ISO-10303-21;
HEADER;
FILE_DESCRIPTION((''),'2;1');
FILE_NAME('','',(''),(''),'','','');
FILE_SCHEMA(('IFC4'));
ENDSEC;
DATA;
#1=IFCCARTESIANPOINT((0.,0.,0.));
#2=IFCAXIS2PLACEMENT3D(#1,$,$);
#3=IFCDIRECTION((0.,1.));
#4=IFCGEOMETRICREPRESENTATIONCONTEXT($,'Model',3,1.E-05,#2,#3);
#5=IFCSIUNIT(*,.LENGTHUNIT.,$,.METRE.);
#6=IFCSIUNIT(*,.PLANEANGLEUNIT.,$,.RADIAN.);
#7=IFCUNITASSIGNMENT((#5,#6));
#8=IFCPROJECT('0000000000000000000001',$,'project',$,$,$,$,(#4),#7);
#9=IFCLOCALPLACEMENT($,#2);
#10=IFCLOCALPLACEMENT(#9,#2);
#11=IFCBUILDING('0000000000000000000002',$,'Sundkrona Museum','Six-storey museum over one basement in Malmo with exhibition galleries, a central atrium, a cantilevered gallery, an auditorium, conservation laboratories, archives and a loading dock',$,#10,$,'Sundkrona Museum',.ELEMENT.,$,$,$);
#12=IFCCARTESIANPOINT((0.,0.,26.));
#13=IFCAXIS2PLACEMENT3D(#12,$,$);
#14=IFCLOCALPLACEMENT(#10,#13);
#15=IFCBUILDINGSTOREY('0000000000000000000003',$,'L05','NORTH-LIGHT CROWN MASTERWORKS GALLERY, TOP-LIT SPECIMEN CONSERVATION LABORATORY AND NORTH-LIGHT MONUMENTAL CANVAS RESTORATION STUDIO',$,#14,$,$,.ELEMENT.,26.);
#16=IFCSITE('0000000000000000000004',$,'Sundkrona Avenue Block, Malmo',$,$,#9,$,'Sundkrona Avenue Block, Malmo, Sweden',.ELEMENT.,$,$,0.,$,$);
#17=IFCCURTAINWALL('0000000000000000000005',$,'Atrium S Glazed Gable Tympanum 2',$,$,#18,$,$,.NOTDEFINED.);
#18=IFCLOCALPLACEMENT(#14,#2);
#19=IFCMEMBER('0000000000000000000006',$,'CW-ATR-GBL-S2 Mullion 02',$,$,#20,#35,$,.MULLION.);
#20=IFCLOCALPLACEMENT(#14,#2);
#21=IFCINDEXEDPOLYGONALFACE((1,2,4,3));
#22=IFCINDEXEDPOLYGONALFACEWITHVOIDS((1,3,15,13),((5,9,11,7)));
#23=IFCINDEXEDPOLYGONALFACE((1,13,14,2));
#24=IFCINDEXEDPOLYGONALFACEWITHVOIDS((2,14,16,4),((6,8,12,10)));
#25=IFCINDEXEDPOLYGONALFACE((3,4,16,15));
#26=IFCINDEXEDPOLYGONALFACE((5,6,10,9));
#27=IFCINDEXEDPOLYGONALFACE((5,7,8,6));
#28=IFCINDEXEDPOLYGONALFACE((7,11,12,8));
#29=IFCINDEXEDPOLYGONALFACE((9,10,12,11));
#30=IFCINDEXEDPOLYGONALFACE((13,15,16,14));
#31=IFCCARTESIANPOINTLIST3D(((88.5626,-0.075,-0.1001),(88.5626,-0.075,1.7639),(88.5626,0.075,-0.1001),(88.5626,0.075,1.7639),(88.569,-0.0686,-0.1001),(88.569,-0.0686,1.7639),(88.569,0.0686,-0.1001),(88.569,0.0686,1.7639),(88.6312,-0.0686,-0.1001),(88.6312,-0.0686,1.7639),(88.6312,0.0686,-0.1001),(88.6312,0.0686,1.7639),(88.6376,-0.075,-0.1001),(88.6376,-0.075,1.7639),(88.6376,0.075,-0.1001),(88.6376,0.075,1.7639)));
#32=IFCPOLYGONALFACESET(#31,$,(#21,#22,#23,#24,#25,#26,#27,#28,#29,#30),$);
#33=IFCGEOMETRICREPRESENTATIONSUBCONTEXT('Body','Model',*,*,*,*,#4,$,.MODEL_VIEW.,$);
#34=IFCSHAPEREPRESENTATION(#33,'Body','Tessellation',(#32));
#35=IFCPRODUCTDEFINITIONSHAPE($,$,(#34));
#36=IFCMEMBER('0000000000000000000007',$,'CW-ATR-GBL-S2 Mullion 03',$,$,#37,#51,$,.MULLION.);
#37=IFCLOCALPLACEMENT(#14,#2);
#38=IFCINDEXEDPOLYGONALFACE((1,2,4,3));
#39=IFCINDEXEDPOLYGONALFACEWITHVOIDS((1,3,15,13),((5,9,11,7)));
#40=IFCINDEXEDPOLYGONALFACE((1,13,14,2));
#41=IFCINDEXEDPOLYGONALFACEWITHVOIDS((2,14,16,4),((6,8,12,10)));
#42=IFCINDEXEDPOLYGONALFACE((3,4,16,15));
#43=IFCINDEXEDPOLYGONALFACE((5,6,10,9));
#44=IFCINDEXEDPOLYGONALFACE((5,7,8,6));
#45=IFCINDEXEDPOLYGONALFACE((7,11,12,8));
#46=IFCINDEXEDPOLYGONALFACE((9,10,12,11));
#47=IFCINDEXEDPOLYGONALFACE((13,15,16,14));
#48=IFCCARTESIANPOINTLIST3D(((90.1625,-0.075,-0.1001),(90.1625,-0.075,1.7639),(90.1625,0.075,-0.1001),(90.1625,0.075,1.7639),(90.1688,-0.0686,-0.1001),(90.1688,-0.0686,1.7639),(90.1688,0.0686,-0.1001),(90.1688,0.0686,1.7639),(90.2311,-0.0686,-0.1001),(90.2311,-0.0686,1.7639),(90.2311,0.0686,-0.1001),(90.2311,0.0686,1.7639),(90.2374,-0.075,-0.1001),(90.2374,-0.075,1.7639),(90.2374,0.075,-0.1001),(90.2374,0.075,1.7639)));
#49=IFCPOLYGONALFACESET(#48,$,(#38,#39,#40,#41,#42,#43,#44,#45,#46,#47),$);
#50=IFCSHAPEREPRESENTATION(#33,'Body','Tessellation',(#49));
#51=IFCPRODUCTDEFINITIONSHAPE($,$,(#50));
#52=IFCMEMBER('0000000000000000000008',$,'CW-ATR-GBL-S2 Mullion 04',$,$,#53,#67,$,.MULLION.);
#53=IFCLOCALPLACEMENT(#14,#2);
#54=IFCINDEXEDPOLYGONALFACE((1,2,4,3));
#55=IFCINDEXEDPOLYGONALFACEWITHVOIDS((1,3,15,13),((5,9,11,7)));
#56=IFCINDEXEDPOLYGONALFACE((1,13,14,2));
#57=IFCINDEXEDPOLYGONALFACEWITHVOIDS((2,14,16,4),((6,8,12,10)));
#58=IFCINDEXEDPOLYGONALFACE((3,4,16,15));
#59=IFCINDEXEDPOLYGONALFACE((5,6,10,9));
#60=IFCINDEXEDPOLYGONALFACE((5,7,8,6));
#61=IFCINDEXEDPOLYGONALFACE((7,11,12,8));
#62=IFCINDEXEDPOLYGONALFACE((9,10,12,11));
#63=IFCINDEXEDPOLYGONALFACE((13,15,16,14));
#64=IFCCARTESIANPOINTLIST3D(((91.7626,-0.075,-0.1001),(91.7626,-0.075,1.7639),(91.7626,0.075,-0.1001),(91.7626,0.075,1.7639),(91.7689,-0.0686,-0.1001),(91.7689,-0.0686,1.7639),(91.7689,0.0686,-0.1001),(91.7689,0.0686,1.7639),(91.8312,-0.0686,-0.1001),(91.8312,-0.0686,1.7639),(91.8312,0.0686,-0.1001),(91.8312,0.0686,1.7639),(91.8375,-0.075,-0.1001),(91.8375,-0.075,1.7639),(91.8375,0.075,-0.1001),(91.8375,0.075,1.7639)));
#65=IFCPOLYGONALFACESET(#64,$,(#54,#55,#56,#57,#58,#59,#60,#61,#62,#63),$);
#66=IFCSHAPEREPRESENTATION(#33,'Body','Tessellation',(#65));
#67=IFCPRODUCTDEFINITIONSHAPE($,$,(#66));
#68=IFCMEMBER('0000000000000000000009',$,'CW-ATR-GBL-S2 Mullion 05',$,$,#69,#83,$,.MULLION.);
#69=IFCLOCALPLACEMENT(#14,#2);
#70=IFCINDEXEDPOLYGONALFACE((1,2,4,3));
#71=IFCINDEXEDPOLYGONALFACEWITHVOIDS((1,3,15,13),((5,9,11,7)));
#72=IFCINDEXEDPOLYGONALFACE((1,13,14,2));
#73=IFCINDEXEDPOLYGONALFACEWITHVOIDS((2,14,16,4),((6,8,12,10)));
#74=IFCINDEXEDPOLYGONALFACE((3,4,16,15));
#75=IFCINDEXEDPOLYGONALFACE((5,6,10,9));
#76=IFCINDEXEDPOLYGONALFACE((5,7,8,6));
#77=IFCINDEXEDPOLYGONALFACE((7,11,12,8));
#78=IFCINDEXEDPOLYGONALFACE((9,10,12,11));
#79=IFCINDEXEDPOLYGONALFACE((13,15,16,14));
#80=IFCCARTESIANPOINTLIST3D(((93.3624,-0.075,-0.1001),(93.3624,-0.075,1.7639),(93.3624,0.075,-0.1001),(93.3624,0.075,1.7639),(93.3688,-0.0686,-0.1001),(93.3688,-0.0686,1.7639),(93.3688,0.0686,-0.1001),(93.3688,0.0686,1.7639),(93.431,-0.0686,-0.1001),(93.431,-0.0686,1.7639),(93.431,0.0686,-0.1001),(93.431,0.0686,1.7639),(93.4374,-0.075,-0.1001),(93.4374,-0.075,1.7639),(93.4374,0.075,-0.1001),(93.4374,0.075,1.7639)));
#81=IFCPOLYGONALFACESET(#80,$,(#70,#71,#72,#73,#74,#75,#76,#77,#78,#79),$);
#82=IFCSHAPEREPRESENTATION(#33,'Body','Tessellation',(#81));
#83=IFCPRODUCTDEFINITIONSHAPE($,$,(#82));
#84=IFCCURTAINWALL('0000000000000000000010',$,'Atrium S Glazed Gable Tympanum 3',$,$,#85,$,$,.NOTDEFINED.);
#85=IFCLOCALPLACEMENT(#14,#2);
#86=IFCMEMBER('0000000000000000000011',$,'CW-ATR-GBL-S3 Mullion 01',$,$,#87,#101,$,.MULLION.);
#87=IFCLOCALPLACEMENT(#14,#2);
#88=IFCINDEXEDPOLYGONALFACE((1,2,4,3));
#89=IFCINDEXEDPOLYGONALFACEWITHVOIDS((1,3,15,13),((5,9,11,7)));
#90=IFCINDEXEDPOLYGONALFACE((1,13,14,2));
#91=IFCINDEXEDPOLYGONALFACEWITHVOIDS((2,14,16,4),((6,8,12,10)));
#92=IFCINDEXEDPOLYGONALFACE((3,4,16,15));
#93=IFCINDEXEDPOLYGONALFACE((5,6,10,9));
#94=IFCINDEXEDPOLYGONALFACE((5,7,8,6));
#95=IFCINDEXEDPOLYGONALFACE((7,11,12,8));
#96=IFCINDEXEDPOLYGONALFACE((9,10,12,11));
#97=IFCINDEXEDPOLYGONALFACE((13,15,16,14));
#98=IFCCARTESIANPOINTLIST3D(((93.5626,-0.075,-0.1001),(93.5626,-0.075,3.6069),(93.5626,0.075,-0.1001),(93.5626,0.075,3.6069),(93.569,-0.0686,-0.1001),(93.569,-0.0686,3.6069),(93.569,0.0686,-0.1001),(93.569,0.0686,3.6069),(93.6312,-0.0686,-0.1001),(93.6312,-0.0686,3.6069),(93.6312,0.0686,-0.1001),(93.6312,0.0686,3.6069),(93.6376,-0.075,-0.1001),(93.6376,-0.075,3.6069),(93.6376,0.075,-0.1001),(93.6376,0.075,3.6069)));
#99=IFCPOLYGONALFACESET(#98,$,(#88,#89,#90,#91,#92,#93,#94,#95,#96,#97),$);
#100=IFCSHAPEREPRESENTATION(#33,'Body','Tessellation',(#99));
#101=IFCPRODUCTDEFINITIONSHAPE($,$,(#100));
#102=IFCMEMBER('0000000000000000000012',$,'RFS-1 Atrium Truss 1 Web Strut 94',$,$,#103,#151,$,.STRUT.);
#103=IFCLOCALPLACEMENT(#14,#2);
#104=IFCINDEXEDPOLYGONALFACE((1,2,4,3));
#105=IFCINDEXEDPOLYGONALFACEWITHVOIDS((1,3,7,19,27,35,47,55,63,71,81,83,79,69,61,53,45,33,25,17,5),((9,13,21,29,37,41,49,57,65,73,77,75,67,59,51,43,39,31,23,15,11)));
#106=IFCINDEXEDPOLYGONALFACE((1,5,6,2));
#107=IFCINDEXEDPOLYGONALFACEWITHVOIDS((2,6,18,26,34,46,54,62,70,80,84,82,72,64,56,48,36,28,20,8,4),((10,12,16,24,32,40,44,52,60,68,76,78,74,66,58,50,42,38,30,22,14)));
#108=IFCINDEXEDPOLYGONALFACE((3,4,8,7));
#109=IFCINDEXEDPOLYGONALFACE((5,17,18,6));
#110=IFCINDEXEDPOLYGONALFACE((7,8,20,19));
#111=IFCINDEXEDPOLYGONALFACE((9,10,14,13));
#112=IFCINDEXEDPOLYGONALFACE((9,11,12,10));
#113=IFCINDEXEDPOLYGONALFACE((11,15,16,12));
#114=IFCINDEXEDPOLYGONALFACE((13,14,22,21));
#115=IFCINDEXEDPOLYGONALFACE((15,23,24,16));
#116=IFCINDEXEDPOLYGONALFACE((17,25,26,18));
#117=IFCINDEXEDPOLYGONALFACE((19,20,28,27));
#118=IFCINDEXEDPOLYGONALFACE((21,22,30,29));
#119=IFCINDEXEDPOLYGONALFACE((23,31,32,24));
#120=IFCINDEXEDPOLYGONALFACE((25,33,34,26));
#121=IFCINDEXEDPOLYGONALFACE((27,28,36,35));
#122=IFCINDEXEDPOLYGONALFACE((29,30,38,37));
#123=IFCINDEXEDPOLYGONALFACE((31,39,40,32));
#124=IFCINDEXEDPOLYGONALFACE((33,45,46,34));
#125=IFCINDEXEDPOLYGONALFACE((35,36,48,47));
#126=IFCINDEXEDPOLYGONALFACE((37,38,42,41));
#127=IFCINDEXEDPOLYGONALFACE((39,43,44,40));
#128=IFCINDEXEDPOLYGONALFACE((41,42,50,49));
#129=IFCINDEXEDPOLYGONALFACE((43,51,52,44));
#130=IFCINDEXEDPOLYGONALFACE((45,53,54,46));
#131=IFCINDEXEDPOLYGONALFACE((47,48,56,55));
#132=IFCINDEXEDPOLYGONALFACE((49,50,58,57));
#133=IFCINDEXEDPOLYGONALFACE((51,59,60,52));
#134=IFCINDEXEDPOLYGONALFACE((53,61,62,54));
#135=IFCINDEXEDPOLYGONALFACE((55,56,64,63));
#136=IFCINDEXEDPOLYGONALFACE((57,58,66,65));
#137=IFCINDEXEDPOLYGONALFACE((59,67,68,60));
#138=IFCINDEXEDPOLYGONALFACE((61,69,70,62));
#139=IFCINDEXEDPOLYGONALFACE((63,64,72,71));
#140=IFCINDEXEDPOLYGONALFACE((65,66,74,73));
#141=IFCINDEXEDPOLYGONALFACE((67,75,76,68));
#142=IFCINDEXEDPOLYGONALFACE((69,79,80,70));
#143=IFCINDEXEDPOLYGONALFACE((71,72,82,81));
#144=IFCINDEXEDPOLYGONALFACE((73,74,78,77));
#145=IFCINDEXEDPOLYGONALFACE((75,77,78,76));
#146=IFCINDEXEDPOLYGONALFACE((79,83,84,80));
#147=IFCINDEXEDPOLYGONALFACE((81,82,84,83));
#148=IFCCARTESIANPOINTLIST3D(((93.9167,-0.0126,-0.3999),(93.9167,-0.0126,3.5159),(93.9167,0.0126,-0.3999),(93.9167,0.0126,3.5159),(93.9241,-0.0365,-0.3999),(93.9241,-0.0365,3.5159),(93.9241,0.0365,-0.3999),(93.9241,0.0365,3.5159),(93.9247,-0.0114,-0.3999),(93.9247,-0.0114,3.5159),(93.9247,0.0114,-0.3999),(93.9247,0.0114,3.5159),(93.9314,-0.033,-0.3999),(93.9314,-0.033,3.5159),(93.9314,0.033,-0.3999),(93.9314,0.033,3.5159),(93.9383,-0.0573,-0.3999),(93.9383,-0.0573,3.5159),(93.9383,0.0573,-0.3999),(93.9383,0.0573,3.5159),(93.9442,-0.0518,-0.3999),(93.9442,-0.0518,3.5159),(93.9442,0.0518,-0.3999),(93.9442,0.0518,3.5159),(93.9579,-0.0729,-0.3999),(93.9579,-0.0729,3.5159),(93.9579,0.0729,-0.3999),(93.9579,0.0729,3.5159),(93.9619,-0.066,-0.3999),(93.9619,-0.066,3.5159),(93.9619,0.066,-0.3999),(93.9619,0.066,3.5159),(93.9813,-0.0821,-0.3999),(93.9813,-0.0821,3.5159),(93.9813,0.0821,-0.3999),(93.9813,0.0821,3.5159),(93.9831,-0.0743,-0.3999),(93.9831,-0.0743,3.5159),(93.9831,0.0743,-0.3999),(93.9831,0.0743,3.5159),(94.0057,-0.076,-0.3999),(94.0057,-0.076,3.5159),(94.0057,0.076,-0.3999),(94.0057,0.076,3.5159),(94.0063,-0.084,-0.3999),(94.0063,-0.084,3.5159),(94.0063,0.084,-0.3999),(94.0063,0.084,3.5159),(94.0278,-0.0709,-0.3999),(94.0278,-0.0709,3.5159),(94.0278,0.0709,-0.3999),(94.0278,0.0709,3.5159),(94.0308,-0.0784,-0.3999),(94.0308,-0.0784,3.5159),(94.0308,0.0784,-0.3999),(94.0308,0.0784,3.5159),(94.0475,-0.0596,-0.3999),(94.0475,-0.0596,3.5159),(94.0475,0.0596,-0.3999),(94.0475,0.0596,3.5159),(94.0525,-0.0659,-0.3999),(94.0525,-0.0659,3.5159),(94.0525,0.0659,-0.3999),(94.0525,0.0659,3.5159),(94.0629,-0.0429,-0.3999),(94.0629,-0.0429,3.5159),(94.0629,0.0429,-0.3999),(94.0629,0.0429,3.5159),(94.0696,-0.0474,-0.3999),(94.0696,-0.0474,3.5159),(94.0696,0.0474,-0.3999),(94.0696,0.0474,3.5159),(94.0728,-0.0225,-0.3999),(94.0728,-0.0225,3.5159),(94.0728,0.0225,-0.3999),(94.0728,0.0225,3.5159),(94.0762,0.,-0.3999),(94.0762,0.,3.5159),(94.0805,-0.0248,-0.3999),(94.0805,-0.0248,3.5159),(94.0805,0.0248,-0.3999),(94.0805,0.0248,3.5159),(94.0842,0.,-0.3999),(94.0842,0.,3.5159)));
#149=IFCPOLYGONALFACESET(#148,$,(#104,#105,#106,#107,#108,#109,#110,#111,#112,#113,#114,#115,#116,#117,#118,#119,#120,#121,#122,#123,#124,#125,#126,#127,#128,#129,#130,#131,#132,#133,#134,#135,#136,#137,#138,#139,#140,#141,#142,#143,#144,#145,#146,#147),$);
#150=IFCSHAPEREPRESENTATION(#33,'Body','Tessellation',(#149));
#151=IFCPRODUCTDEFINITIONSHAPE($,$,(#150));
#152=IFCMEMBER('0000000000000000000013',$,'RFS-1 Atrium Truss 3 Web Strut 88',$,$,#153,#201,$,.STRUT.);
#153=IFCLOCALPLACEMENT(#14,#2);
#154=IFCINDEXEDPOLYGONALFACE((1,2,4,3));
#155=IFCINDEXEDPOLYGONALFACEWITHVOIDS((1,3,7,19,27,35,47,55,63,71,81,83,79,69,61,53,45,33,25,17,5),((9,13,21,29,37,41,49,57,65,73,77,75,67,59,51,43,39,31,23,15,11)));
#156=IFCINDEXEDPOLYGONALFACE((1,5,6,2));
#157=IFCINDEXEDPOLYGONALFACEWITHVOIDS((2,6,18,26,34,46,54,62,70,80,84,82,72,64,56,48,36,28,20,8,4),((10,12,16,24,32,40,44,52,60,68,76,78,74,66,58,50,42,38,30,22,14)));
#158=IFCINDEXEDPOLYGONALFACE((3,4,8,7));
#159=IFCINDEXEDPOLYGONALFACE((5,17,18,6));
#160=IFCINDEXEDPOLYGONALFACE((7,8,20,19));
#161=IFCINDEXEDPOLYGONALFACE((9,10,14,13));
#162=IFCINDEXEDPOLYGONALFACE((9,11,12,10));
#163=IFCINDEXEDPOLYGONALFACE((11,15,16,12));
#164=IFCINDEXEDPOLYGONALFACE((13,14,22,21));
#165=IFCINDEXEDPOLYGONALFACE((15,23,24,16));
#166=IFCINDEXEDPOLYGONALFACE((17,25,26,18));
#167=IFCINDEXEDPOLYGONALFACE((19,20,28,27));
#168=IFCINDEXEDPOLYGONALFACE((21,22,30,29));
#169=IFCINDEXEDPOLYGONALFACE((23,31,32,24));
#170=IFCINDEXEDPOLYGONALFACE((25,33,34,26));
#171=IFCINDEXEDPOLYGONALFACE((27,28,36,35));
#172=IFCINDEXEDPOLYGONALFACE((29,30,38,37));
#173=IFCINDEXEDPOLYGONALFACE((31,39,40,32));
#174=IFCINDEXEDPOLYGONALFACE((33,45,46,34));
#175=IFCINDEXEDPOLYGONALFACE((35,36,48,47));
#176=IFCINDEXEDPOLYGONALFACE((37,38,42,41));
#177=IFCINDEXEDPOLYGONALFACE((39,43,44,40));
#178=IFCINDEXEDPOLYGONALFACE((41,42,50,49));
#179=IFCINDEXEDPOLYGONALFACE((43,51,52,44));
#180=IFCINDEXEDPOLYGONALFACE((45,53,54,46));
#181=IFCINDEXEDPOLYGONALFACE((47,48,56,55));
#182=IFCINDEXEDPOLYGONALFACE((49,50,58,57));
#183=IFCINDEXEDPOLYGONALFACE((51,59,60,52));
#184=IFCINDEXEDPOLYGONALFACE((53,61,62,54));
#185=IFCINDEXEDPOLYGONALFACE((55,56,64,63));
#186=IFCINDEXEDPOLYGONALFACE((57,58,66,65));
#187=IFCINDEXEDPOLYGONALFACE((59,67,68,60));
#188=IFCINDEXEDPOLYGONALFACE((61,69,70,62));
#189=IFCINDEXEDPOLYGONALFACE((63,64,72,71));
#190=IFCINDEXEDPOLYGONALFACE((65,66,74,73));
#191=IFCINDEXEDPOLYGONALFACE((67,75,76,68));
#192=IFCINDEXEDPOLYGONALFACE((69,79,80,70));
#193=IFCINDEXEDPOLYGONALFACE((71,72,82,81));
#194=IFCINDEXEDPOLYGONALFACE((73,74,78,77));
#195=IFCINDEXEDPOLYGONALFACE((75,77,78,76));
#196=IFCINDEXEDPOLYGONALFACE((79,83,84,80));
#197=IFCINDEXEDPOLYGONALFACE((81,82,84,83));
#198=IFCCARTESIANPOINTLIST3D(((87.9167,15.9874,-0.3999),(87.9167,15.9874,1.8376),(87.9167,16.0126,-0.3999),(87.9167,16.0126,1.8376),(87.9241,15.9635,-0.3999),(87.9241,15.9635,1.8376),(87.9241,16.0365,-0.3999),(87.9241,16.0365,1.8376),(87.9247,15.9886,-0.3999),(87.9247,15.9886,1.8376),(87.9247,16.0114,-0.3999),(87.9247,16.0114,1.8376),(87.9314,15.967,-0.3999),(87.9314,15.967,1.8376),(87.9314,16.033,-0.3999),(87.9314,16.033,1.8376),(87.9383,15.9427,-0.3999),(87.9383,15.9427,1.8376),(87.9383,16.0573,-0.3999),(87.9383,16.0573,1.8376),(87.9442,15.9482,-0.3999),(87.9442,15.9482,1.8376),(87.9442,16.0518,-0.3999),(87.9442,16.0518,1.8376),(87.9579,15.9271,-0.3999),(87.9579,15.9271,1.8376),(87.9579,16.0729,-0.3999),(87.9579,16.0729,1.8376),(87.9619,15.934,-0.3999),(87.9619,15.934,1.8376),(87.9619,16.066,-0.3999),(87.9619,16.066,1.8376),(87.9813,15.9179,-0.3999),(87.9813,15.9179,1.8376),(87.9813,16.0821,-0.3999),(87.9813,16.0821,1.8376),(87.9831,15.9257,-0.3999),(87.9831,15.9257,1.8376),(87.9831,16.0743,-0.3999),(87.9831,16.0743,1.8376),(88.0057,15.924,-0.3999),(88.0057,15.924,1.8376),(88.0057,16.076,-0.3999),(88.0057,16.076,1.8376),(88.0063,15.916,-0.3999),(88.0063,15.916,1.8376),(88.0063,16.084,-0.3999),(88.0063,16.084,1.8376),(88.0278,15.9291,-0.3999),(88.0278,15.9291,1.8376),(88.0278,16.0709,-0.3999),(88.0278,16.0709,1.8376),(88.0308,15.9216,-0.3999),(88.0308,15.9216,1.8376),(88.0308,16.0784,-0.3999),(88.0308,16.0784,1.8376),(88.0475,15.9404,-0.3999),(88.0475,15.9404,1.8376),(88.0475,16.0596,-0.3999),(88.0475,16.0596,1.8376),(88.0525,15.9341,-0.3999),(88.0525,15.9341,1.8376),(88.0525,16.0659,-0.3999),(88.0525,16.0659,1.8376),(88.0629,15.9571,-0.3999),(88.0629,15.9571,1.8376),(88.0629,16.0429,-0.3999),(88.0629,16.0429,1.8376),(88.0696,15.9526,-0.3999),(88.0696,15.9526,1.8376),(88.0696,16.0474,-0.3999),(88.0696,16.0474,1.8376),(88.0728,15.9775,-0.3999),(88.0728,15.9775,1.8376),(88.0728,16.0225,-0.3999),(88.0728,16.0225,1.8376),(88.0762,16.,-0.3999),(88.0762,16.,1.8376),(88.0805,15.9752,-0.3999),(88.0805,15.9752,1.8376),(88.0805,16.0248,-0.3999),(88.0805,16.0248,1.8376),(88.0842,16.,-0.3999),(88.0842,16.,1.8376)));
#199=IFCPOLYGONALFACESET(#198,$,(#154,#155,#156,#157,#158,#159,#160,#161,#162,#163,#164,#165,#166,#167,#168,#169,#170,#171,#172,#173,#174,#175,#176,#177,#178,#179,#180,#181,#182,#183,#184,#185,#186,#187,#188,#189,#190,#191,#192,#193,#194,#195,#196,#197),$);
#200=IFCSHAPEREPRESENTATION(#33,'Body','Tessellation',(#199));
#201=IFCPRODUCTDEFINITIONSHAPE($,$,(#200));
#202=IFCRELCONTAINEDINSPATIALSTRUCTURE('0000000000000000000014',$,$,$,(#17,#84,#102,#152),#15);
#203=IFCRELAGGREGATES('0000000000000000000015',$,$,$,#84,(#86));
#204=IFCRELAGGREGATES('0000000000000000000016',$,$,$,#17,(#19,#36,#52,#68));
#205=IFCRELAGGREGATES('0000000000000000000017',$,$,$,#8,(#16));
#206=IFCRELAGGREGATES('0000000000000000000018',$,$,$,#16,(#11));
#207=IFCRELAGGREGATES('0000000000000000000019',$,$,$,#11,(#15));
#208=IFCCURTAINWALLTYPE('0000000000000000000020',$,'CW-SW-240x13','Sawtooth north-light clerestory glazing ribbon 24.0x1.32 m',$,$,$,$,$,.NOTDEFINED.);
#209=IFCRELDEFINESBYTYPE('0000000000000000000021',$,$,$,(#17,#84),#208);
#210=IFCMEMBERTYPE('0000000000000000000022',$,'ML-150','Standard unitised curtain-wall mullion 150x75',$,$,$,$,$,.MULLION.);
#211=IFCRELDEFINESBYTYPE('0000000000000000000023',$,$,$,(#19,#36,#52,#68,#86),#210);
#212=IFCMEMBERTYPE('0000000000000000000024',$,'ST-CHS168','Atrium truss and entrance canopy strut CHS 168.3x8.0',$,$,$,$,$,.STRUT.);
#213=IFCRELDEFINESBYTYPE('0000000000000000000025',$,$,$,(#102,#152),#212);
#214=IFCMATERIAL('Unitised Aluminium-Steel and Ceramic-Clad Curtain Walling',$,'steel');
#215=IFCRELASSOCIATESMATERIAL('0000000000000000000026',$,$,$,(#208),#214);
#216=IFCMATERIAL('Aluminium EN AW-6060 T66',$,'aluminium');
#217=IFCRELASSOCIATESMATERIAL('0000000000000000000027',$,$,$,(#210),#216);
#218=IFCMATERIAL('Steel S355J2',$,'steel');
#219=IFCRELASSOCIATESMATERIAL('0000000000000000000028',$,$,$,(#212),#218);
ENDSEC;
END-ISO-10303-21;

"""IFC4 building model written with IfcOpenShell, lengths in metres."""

from ifc_helpers import new_model, si_unit, direction, frame, origin, origin_2d, place, context, subcontext, project, spatial, hollow_rectangle, hollow_circle, extrude, material, material_profile, profile_set, type_object, element, aggregate, save


model = new_model("IFC4")

# Units and contexts
model_context = context("Model", 3, precision=1e-05, world=origin(), true_north=direction((0.0, 1.0)))
body_context = subcontext(model_context, "Body", "Model", "MODEL_VIEW")
ifc_project = project(units=[si_unit("LENGTHUNIT", "METRE"), si_unit("PLANEANGLEUNIT", "RADIAN")], contexts=[model_context])

# Site, building, storey
site_placement = place(None, origin())
site = spatial("IfcSite", under=ifc_project, at=site_placement, Name="Sundkrona Avenue Block, Malmo", LongName="Sundkrona Avenue Block, Malmo, Sweden", CompositionType="ELEMENT", RefElevation=0.0)
building_placement = place(site_placement, origin())
building = spatial("IfcBuilding", under=site, at=building_placement, Name="Sundkrona Museum", Description="Six-storey museum over one basement in Malmo with exhibition galleries, a central atrium, a cantilevered gallery, an auditorium, conservation laboratories, archives and a loading dock", LongName="Sundkrona Museum", CompositionType="ELEMENT")
storey_placement = place(building_placement, frame((0.0, 0.0, 26.0)))
storey = spatial("IfcBuildingStorey", under=building, at=storey_placement, Name="L05", Description="NORTH-LIGHT CROWN MASTERWORKS GALLERY, TOP-LIT SPECIMEN CONSERVATION LABORATORY AND NORTH-LIGHT MONUMENTAL CANVAS RESTORATION STUDIO", CompositionType="ELEMENT", Elevation=26.0)

# Curtain wall, members
ifc_material_1 = material(Name="Unitised Aluminium-Steel and Ceramic-Clad Curtain Walling", Category="steel")
curtain_wall_type = type_object("IfcCurtainWallType", Name="CW-SW-240x13", Description="Sawtooth north-light clerestory glazing ribbon 24.0x1.32 m", PredefinedType="NOTDEFINED", material=ifc_material_1)
curtain_wall_1_placement = place(storey_placement, origin())
curtain_wall_1 = element("IfcCurtainWall", 1, at=curtain_wall_1_placement, inside=storey, type_object=curtain_wall_type, Name="Atrium S Glazed Gable Tympanum 2", PredefinedType="NOTDEFINED")
ifc_material_2 = material(Name="Aluminium EN AW-6060 T66", Category="aluminium")
ifc_material_profile_1 = material_profile(ifc_material_2, hollow_rectangle(XDim=0.075, YDim=0.1499, WallThickness=0.0063, at=origin_2d()), Name="RHS 150x75x6.3")
ifc_profile_set_1 = profile_set([ifc_material_profile_1], Name="Aluminium EN AW-6060 T66")
member_type_1 = type_object("IfcMemberType", Name="ML-150", Description="Standard unitised curtain-wall mullion 150x75", PredefinedType="MULLION", material=ifc_profile_set_1)
member_1_placement = place(storey_placement, frame((88.6001, 0.0, -0.1001), z_axis=(0.0, 0.0, 1.0), x_axis=(1.0, 0.0, 0.0)))
member_1 = element("IfcMember", 2, at=member_1_placement, type_object=member_type_1, Name="CW-ATR-GBL-S2 Mullion 02", PredefinedType="MULLION", context=body_context, shape_type="SweptSolid", body=[
    extrude(hollow_rectangle(XDim=0.075, YDim=0.1499, WallThickness=0.0063, at=origin_2d()), origin(), (0.0, 0.0, 1.0), 1.864),
])
member_2_placement = place(storey_placement, frame((90.2, 0.0, -0.1001), z_axis=(0.0, 0.0, 1.0), x_axis=(1.0, 0.0, 0.0)))
member_2 = element("IfcMember", 3, at=member_2_placement, type_object=member_type_1, Name="CW-ATR-GBL-S2 Mullion 03", PredefinedType="MULLION", context=body_context, shape_type="SweptSolid", body=[
    extrude(hollow_rectangle(XDim=0.075, YDim=0.1499, WallThickness=0.0063, at=origin_2d()), origin(), (0.0, 0.0, 1.0), 1.864),
])
member_3_placement = place(storey_placement, frame((91.8, 0.0, -0.1001), z_axis=(0.0, 0.0, 1.0), x_axis=(1.0, 0.0, 0.0)))
member_3 = element("IfcMember", 4, at=member_3_placement, type_object=member_type_1, Name="CW-ATR-GBL-S2 Mullion 04", PredefinedType="MULLION", context=body_context, shape_type="SweptSolid", body=[
    extrude(hollow_rectangle(XDim=0.075, YDim=0.1499, WallThickness=0.0063, at=origin_2d()), origin(), (0.0, 0.0, 1.0), 1.864),
])
member_4_placement = place(storey_placement, frame((93.3999, 0.0, -0.1001), z_axis=(0.0, 0.0, 1.0), x_axis=(1.0, 0.0, 0.0)))
member_4 = element("IfcMember", 5, at=member_4_placement, type_object=member_type_1, Name="CW-ATR-GBL-S2 Mullion 05", PredefinedType="MULLION", context=body_context, shape_type="SweptSolid", body=[
    extrude(hollow_rectangle(XDim=0.075, YDim=0.1499, WallThickness=0.0063, at=origin_2d()), origin(), (0.0, 0.0, 1.0), 1.864),
])

# Curtain wall, member
curtain_wall_2_placement = place(storey_placement, origin())
curtain_wall_2 = element("IfcCurtainWall", 6, at=curtain_wall_2_placement, inside=storey, type_object=curtain_wall_type, Name="Atrium S Glazed Gable Tympanum 3", PredefinedType="NOTDEFINED")
member_5_placement = place(storey_placement, frame((93.6001, 0.0, -0.1001), z_axis=(0.0, 0.0, 1.0), x_axis=(1.0, 0.0, 0.0)))
member_5 = element("IfcMember", 7, at=member_5_placement, type_object=member_type_1, Name="CW-ATR-GBL-S3 Mullion 01", PredefinedType="MULLION", context=body_context, shape_type="SweptSolid", body=[
    extrude(hollow_rectangle(XDim=0.075, YDim=0.1499, WallThickness=0.0063, at=origin_2d()), origin(), (0.0, 0.0, 1.0), 3.707),
])

# Members
ifc_material_3 = material(Name="Steel S355J2", Category="steel")
ifc_material_profile_2 = material_profile(ifc_material_3, hollow_circle(Radius=0.0842, WallThickness=0.0081, at=origin_2d()), Name="CHS 168.3x8.0")
ifc_profile_set_2 = profile_set([ifc_material_profile_2], Name="Steel S355J2")
member_type_2 = type_object("IfcMemberType", Name="ST-CHS168", Description="Atrium truss and entrance canopy strut CHS 168.3x8.0", PredefinedType="STRUT", material=ifc_profile_set_2)
member_6_placement = place(storey_placement, frame((94.0, 0.0, -0.3999), z_axis=(0.0, 0.0, 1.0), x_axis=(1.0, 0.0, 0.0)))
element("IfcMember", 8, at=member_6_placement, inside=storey, type_object=member_type_2, Name="RFS-1 Atrium Truss 1 Web Strut 94", PredefinedType="STRUT", context=body_context, shape_type="SweptSolid", body=[
    extrude(hollow_circle(Radius=0.0842, WallThickness=0.0081, at=origin_2d()), origin(), (0.0, 0.0, 1.0), 3.9158),
])
for number, where, z_axis, x_axis, name in (
    (9, (88.0, 16.0, -0.3999), (0.0, 0.0, 1.0), (1.0, 0.0, 0.0), "RFS-1 Atrium Truss 3 Web Strut 88"),
):
    element("IfcMember", number, at=place(storey_placement, frame(where, z_axis=z_axis, x_axis=x_axis)), inside=storey, type_object=member_type_2, Name=name, PredefinedType="STRUT", context=body_context, shape_type="SweptSolid", body=[
        extrude(hollow_circle(Radius=0.0842, WallThickness=0.0081, at=origin_2d()), origin(), (0.0, 0.0, 1.0), 2.2375),
    ])

aggregate(curtain_wall_2, [member_5])

aggregate(curtain_wall_1, [member_1, member_2, member_3, member_4])

save(model, "model.ifc")
